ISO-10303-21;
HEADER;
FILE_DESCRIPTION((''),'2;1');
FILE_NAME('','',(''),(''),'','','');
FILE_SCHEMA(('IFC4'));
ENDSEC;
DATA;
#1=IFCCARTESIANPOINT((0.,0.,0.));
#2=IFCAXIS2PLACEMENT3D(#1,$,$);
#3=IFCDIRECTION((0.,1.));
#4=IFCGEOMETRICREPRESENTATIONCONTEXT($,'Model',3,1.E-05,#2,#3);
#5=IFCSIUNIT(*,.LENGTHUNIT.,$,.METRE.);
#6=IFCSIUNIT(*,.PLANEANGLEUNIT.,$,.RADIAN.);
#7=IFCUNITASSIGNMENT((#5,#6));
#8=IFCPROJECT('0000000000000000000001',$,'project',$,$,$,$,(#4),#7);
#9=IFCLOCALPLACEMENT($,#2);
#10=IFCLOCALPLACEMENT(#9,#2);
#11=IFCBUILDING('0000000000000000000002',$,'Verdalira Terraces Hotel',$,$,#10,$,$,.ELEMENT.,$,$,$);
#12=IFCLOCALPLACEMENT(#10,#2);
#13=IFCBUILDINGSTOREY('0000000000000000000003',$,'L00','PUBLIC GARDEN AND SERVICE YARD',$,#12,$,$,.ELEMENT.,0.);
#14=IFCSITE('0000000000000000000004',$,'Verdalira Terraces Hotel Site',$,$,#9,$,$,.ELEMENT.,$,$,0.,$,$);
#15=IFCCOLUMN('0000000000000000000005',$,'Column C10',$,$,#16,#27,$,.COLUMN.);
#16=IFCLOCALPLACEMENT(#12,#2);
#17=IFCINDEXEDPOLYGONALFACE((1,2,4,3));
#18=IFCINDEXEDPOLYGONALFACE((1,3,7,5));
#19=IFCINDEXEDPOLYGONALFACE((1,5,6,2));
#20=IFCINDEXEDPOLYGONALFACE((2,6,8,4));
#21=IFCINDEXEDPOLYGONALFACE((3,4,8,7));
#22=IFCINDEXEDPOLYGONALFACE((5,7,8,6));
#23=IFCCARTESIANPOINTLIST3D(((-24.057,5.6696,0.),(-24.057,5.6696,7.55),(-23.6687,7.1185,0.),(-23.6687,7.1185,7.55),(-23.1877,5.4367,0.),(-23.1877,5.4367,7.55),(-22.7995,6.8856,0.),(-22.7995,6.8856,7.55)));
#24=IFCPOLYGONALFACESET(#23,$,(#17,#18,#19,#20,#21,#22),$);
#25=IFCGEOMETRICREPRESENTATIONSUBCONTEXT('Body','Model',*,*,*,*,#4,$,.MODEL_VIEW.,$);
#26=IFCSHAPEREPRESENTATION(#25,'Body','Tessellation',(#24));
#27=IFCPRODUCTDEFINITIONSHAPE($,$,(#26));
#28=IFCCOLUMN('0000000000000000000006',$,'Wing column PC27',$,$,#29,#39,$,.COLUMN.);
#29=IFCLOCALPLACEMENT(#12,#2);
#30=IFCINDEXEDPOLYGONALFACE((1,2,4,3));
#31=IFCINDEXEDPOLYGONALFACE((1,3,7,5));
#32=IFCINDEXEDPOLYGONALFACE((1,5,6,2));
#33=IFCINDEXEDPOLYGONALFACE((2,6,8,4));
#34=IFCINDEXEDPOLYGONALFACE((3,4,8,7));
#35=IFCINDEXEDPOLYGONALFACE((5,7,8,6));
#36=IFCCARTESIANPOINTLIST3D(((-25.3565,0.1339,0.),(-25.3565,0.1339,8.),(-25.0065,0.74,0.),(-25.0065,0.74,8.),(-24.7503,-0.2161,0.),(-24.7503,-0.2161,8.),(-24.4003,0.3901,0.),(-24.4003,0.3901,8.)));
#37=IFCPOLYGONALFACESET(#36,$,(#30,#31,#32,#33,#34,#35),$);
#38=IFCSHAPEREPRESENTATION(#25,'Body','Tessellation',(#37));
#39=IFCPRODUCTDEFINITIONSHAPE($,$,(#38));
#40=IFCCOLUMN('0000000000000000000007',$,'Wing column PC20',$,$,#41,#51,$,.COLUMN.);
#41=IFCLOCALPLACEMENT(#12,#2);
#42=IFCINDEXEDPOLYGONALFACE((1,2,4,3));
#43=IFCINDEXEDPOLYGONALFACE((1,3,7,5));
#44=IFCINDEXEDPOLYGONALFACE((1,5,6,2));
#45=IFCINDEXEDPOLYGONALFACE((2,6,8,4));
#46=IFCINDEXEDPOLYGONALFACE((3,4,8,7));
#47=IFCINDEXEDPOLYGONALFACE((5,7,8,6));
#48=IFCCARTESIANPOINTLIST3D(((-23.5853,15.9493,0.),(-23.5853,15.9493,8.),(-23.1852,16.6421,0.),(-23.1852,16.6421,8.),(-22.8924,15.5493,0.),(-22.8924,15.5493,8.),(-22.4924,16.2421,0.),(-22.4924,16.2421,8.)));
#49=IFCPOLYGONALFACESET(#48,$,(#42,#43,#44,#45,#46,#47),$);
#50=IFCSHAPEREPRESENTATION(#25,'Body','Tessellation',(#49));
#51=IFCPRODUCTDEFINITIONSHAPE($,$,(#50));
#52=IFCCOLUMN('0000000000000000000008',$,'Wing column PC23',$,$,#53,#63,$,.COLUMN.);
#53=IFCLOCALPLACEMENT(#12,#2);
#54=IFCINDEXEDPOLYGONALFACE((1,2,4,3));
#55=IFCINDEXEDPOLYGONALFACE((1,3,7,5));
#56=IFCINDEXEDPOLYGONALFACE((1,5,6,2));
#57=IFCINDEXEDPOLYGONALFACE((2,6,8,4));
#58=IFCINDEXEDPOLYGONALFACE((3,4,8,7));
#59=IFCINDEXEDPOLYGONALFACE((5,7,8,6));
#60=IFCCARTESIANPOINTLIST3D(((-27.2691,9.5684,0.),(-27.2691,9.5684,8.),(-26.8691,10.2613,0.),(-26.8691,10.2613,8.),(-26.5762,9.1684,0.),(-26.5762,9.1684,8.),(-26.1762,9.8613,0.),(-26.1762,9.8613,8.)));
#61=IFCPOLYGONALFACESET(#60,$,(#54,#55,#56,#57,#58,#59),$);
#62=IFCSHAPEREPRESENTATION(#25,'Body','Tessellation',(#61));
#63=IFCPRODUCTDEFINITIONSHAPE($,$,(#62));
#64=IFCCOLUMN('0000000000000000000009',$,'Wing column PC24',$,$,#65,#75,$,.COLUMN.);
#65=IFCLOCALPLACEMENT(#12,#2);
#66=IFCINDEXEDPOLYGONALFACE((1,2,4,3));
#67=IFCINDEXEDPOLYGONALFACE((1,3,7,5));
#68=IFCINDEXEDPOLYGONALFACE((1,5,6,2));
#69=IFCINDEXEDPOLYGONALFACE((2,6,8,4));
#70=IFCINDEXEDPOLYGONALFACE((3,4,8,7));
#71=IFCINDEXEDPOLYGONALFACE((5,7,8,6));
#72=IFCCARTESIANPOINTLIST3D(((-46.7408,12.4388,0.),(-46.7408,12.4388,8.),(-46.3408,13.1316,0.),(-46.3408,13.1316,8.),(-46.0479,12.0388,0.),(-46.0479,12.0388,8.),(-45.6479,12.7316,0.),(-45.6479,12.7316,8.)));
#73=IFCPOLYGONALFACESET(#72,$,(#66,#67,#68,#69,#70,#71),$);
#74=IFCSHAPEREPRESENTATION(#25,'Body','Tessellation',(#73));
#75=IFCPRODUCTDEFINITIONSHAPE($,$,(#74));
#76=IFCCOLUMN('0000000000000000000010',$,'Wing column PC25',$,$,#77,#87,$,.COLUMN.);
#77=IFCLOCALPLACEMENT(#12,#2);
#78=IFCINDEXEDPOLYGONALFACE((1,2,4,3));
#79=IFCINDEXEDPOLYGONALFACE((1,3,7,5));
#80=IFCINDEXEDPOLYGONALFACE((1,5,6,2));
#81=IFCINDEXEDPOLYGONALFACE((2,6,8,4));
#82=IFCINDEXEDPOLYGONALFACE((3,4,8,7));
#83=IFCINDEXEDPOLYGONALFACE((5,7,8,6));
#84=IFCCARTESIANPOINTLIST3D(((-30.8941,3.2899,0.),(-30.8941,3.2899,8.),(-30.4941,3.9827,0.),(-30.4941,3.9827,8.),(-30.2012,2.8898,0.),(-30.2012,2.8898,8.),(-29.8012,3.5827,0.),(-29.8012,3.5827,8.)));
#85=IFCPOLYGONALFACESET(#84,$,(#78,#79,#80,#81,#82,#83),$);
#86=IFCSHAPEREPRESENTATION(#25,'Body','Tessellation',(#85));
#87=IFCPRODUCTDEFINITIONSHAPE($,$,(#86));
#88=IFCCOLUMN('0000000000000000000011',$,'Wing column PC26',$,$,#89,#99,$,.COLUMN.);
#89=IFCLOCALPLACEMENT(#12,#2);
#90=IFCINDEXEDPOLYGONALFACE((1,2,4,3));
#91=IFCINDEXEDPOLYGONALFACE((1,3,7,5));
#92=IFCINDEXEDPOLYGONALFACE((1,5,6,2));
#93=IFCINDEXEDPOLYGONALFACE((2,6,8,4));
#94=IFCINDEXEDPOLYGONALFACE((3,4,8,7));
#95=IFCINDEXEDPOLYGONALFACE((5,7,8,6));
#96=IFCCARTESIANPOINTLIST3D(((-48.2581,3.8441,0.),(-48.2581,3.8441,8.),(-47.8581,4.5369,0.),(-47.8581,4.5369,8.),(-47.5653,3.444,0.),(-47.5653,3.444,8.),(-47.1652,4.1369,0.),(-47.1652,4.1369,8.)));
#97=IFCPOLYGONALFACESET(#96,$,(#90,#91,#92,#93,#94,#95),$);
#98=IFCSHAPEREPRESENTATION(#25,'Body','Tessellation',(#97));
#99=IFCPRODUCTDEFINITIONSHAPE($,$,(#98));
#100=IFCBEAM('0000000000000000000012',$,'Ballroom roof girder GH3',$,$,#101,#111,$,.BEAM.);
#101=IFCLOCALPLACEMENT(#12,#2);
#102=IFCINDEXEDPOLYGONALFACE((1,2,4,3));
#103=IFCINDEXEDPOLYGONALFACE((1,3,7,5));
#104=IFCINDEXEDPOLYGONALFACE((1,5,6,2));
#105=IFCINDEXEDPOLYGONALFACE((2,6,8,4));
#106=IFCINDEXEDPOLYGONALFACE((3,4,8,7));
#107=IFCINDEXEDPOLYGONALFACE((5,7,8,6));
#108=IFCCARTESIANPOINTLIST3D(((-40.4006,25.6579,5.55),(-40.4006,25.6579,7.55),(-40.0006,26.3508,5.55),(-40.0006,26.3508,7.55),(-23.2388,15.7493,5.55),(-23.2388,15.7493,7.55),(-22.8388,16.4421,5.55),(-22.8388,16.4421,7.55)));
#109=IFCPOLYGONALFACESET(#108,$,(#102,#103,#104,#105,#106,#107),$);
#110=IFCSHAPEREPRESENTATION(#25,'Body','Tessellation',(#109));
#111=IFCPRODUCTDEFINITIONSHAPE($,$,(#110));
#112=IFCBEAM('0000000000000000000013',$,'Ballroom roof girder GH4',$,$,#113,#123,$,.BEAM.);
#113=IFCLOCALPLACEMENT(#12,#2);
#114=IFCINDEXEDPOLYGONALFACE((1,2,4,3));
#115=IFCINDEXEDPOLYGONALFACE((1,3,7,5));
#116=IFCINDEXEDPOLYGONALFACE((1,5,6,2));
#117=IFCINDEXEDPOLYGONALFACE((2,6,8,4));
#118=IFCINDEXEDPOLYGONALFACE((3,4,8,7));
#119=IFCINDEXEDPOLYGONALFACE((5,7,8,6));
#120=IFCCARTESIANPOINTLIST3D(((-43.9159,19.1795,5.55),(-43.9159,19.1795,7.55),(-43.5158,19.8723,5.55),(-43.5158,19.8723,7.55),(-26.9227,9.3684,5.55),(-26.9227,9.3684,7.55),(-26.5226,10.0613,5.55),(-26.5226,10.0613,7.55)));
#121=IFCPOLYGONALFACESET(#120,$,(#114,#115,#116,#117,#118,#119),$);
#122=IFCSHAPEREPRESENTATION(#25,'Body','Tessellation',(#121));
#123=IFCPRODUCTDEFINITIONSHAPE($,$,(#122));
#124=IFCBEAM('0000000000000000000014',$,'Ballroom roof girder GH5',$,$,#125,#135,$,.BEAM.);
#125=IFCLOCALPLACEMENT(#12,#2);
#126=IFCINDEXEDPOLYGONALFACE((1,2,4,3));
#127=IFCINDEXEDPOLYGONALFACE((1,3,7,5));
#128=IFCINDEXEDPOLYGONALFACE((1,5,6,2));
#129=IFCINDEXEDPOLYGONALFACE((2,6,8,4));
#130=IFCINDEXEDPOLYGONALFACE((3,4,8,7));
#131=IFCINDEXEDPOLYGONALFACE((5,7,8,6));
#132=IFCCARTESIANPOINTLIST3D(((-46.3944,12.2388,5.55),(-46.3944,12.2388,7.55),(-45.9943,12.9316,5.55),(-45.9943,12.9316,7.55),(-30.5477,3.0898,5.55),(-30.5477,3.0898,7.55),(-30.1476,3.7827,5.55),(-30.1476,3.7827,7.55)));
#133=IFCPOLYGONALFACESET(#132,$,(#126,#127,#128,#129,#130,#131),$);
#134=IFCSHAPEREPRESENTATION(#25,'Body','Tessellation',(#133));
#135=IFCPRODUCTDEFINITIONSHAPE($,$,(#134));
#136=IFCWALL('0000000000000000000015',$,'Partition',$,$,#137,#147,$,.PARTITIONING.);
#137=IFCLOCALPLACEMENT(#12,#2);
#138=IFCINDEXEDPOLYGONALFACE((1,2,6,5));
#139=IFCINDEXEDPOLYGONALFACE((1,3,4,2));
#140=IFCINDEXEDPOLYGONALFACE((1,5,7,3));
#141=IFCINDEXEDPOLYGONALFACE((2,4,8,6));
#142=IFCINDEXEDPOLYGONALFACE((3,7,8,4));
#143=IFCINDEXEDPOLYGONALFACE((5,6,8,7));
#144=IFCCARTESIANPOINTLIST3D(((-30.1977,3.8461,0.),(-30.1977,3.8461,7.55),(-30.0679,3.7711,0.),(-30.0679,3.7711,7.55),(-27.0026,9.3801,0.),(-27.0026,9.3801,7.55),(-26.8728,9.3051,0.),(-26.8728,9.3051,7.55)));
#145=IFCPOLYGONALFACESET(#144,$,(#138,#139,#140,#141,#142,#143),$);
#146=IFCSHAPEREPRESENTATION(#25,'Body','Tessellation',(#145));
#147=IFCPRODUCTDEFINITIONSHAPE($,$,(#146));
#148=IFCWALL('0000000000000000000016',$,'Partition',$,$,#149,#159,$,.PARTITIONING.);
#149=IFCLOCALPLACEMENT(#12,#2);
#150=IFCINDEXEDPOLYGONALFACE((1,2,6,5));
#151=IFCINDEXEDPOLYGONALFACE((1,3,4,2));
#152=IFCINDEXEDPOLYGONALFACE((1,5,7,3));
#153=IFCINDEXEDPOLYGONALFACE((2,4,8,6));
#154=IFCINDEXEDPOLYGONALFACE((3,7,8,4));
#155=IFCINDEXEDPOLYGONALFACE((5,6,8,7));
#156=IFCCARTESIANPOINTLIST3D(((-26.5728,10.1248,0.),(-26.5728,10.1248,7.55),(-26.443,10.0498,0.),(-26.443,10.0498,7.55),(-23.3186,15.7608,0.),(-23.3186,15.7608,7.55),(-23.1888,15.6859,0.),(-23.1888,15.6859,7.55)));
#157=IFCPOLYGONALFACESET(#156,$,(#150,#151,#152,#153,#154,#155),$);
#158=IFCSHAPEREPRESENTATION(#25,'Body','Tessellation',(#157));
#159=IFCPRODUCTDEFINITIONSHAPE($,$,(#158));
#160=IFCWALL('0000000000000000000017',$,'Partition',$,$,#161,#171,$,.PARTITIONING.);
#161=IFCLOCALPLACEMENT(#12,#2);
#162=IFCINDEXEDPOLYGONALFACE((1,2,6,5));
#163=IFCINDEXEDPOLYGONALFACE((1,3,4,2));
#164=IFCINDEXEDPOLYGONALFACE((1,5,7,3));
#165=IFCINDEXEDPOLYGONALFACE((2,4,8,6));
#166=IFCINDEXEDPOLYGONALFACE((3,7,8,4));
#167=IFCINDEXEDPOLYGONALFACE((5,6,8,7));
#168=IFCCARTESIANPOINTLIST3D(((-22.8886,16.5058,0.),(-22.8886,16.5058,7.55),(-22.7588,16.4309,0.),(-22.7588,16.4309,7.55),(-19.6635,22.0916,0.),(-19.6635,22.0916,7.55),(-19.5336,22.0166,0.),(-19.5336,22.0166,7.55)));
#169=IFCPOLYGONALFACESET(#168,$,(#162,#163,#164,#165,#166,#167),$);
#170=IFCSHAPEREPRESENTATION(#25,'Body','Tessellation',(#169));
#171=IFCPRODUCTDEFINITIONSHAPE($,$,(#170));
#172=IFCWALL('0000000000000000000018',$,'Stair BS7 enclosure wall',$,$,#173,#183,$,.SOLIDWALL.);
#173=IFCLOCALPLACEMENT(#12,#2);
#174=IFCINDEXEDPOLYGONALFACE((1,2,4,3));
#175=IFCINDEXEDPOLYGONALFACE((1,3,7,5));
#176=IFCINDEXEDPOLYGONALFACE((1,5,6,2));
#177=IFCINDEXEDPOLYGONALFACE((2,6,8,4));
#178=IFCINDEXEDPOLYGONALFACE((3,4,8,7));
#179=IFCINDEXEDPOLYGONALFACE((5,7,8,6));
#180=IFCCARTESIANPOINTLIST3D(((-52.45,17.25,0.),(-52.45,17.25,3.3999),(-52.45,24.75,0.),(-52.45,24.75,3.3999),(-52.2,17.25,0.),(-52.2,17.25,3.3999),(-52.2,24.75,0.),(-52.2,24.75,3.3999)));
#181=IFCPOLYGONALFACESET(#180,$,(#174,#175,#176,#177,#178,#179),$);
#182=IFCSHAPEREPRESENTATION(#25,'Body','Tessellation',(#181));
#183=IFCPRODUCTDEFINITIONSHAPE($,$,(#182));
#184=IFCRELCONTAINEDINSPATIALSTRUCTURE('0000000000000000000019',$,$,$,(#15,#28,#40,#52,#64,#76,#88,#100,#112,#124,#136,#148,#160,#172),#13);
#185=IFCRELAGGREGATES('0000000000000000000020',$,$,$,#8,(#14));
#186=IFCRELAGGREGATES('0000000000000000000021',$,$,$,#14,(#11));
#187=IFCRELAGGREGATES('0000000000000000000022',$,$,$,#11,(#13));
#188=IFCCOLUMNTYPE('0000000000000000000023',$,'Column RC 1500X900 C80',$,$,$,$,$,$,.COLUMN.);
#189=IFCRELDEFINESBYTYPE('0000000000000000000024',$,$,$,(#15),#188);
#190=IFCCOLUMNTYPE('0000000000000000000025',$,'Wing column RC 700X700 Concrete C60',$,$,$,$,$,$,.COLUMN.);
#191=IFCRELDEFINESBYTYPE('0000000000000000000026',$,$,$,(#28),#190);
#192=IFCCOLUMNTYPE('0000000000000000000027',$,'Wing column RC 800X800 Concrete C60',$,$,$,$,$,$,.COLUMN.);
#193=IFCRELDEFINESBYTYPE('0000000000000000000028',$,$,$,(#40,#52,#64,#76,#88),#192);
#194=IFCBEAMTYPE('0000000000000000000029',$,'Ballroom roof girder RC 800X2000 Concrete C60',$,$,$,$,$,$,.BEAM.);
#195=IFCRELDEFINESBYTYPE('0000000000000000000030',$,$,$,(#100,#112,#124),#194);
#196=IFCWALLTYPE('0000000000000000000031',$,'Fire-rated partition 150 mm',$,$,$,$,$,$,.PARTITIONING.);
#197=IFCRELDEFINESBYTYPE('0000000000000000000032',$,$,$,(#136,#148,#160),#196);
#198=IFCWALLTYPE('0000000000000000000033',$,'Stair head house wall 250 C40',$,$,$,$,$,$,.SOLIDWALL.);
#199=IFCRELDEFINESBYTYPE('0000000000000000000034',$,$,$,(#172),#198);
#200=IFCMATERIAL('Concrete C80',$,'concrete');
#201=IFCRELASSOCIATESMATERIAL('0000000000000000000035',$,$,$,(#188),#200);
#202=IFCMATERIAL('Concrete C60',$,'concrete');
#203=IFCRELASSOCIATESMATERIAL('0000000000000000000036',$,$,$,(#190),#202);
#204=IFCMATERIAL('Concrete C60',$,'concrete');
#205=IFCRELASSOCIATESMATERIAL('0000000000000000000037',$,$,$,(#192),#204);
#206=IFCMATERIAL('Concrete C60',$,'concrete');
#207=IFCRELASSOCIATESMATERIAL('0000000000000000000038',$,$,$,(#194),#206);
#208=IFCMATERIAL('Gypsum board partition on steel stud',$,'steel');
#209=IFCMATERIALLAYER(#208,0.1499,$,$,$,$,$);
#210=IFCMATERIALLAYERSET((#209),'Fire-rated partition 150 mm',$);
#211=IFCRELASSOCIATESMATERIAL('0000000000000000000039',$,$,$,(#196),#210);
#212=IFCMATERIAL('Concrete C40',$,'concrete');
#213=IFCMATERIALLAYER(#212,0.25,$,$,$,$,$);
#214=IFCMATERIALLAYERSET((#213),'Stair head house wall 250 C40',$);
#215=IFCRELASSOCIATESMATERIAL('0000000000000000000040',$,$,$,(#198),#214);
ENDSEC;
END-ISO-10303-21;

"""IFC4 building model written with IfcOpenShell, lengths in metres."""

from ifc_helpers import new_model, si_unit, direction, frame, frame_2d, origin, origin_2d, place, context, subcontext, project, spatial, rectangle, extrude, material, layer, layer_set, material_profile, profile_set, type_object, element, save


model = new_model("IFC4")

# Units and contexts
model_context = context("Model", 3, precision=1e-05, world=origin(), true_north=direction((0.0, 1.0)))
body_context = subcontext(model_context, "Body", "Model", "MODEL_VIEW")
ifc_project = project(units=[si_unit("LENGTHUNIT", "METRE"), si_unit("PLANEANGLEUNIT", "RADIAN")], contexts=[model_context])

# Site, building, storey
site_placement = place(None, origin())
site = spatial("IfcSite", under=ifc_project, at=site_placement, Name="Verdalira Terraces Hotel Site", CompositionType="ELEMENT", RefElevation=0.0)
building_placement = place(site_placement, origin())
building = spatial("IfcBuilding", under=site, at=building_placement, Name="Verdalira Terraces Hotel", CompositionType="ELEMENT")
storey_placement = place(building_placement, origin())
storey = spatial("IfcBuildingStorey", under=building, at=storey_placement, Name="L00", Description="PUBLIC GARDEN AND SERVICE YARD", CompositionType="ELEMENT", Elevation=0.0)

# Columns
ifc_material_1 = material(Name="Concrete C80", Category="concrete")
ifc_material_profile_1 = material_profile(ifc_material_1, rectangle(XDim=1.5, YDim=0.8999, at=origin_2d()), Name="RC 1500X900")
ifc_profile_set_1 = profile_set([ifc_material_profile_1], Name="Concrete C80")
column_type_1 = type_object("IfcColumnType", Name="Column RC 1500X900 C80", PredefinedType="COLUMN", material=ifc_profile_set_1)
column_1_placement = place(storey_placement, frame((-23.4282, 6.2776, 0.0), z_axis=(0.0, 0.0, 1.0), x_axis=(0.258819, 0.965926, 0.0)))
element("IfcColumn", 1, at=column_1_placement, inside=storey, type_object=column_type_1, Name="Column C10", PredefinedType="COLUMN", context=body_context, shape_type="SweptSolid", body=[
    extrude(rectangle(XDim=1.5, YDim=0.8999, at=origin_2d()), origin(), (0.0, 0.0, 1.0), 7.55),
])
ifc_material_2 = material(Name="Concrete C60", Category="concrete")
ifc_material_profile_2 = material_profile(ifc_material_2, rectangle(XDim=0.7, YDim=0.7, at=origin_2d()), Name="RC 700X700")
ifc_profile_set_2 = profile_set([ifc_material_profile_2], Name="Concrete C60")
column_type_2 = type_object("IfcColumnType", Name="Wing column RC 700X700 Concrete C60", PredefinedType="COLUMN", material=ifc_profile_set_2)
column_2_placement = place(storey_placement, frame((-24.8784, 0.262, 0.0), z_axis=(0.0, 0.0, 1.0), x_axis=(-0.866025, 0.5, 0.0)))
element("IfcColumn", 2, at=column_2_placement, inside=storey, type_object=column_type_2, Name="Wing column PC27", PredefinedType="COLUMN", context=body_context, shape_type="SweptSolid", body=[
    extrude(rectangle(XDim=0.7, YDim=0.7, at=origin_2d()), origin(), (0.0, 0.0, 1.0), 8.0),
])
ifc_material_3 = material(Name="Concrete C60", Category="concrete")
ifc_material_profile_3 = material_profile(ifc_material_3, rectangle(XDim=0.8, YDim=0.8, at=origin_2d()), Name="RC 800X800")
ifc_profile_set_3 = profile_set([ifc_material_profile_3], Name="Concrete C60")
column_type_3 = type_object("IfcColumnType", Name="Wing column RC 800X800 Concrete C60", PredefinedType="COLUMN", material=ifc_profile_set_3)
for number, where, z_axis, x_axis, name in (
    (3, (-23.0388, 16.0957, 0.0), (0.0, 0.0, 1.0), (-0.866025, 0.5, 0.0), "Wing column PC20"),
    (4, (-26.7227, 9.7148, 0.0), (0.0, 0.0, 1.0), (-0.866025, 0.5, 0.0), "Wing column PC23"),
    (5, (-46.1943, 12.5852, 0.0), (0.0, 0.0, 1.0), (-0.866025, 0.5, 0.0), "Wing column PC24"),
    (6, (-30.3477, 3.4363, 0.0), (0.0, 0.0, 1.0), (-0.866025, 0.5, 0.0), "Wing column PC25"),
    (7, (-47.7117, 3.9905, 0.0), (0.0, 0.0, 1.0), (-0.866025, 0.5, 0.0), "Wing column PC26"),
):
    element("IfcColumn", number, at=place(storey_placement, frame(where, z_axis=z_axis, x_axis=x_axis)), inside=storey, type_object=column_type_3, Name=name, PredefinedType="COLUMN", context=body_context, shape_type="SweptSolid", body=[
        extrude(rectangle(XDim=0.8, YDim=0.8, at=origin_2d()), origin(), (0.0, 0.0, 1.0), 8.0),
    ])

# Beams
ifc_material_4 = material(Name="Concrete C60", Category="concrete")
ifc_material_profile_4 = material_profile(ifc_material_4, rectangle(XDim=0.8, YDim=2.0, at=origin_2d()), Name="RC 800X2000")
ifc_profile_set_4 = profile_set([ifc_material_profile_4], Name="Concrete C60")
beam_type = type_object("IfcBeamType", Name="Ballroom roof girder RC 800X2000 Concrete C60", PredefinedType="BEAM", material=ifc_profile_set_4)
beam_1_placement = place(storey_placement, frame((-23.0388, 16.0957, 6.55), z_axis=(-0.866019, 0.500011, 0.0), x_axis=(-0.500011, -0.866019, 0.0)))
element("IfcBeam", 8, at=beam_1_placement, inside=storey, type_object=beam_type, Name="Ballroom roof girder GH3", PredefinedType="BEAM", context=body_context, shape_type="SweptSolid", body=[
    extrude(rectangle(XDim=0.8, YDim=2.0, at=origin_2d()), origin(), (0.0, 0.0, 1.0), 19.8169),
])
beam_2_placement = place(storey_placement, frame((-26.7227, 9.7148, 6.55), z_axis=(-0.866025, 0.500001, 0.0), x_axis=(-0.500001, -0.866025, 0.0)))
element("IfcBeam", 9, at=beam_2_placement, inside=storey, type_object=beam_type, Name="Ballroom roof girder GH4", PredefinedType="BEAM", context=body_context, shape_type="SweptSolid", body=[
    extrude(rectangle(XDim=0.8, YDim=2.0, at=origin_2d()), origin(), (0.0, 0.0, 1.0), 19.6221),
])
beam_3_placement = place(storey_placement, frame((-30.3477, 3.4363, 6.55), z_axis=(-0.866029, 0.499993, 0.0), x_axis=(-0.499993, -0.866029, 0.0)))
element("IfcBeam", 10, at=beam_3_placement, inside=storey, type_object=beam_type, Name="Ballroom roof girder GH5", PredefinedType="BEAM", context=body_context, shape_type="SweptSolid", body=[
    extrude(rectangle(XDim=0.8, YDim=2.0, at=origin_2d()), origin(), (0.0, 0.0, 1.0), 18.2981),
])

# Walls
ifc_material_5 = material(Name="Gypsum board partition on steel stud", Category="steel")
ifc_layer_1 = layer(ifc_material_5, 0.1499)
ifc_layer_set_1 = layer_set([ifc_layer_1], Name="Fire-rated partition 150 mm")
wall_type_1 = type_object("IfcWallType", Name="Fire-rated partition 150 mm", PredefinedType="PARTITIONING", material=ifc_layer_set_1)
wall_1_placement = place(storey_placement, frame((-30.1328, 3.8086, 0.0), z_axis=(0.0, 0.0, 1.0), x_axis=(0.500006, 0.866022, 0.0)))
element("IfcWall", 11, at=wall_1_placement, inside=storey, type_object=wall_type_1, Name="Partition", PredefinedType="PARTITIONING", context=body_context, shape_type="SweptSolid", body=[
    extrude(rectangle(XDim=6.3901, YDim=0.1499, at=frame_2d((3.1951, 0.0))), origin(), (0.0, 0.0, 1.0), 7.55),
])
wall_2_placement = place(storey_placement, frame((-26.5078, 10.0874, 0.0), z_axis=(0.0, 0.0, 1.0), x_axis=(0.500024, 0.866011, 0.0)))
element("IfcWall", 12, at=wall_2_placement, inside=storey, type_object=wall_type_1, Name="Partition", PredefinedType="PARTITIONING", context=body_context, shape_type="SweptSolid", body=[
    extrude(rectangle(XDim=6.5081, YDim=0.1499, at=frame_2d((3.2539, 0.0))), origin(), (0.0, 0.0, 1.0), 7.55),
])
wall_3_placement = place(storey_placement, frame((-22.8237, 16.4683, 0.0), z_axis=(0.0, 0.0, 1.0), x_axis=(0.500023, 0.866012, 0.0)))
element("IfcWall", 13, at=wall_3_placement, inside=storey, type_object=wall_type_1, Name="Partition", PredefinedType="PARTITIONING", context=body_context, shape_type="SweptSolid", body=[
    extrude(rectangle(XDim=6.45, YDim=0.1499, at=frame_2d((3.2251, 0.0))), origin(), (0.0, 0.0, 1.0), 7.55),
])
ifc_material_6 = material(Name="Concrete C40", Category="concrete")
ifc_layer_2 = layer(ifc_material_6, 0.25)
ifc_layer_set_2 = layer_set([ifc_layer_2], Name="Stair head house wall 250 C40")
wall_type_2 = type_object("IfcWallType", Name="Stair head house wall 250 C40", PredefinedType="SOLIDWALL", material=ifc_layer_set_2)
wall_4_placement = place(storey_placement, frame((-52.325, 17.25, 0.0), z_axis=(0.0, 0.0, 1.0), x_axis=(0.0, 1.0, 0.0)))
element("IfcWall", 14, at=wall_4_placement, inside=storey, type_object=wall_type_2, Name="Stair BS7 enclosure wall", PredefinedType="SOLIDWALL", context=body_context, shape_type="SweptSolid", body=[
    extrude(rectangle(XDim=7.5, YDim=0.25, at=frame_2d((3.75, 0.0))), origin(), (0.0, 0.0, 1.0), 3.3999),
])

save(model, "model.ifc")
